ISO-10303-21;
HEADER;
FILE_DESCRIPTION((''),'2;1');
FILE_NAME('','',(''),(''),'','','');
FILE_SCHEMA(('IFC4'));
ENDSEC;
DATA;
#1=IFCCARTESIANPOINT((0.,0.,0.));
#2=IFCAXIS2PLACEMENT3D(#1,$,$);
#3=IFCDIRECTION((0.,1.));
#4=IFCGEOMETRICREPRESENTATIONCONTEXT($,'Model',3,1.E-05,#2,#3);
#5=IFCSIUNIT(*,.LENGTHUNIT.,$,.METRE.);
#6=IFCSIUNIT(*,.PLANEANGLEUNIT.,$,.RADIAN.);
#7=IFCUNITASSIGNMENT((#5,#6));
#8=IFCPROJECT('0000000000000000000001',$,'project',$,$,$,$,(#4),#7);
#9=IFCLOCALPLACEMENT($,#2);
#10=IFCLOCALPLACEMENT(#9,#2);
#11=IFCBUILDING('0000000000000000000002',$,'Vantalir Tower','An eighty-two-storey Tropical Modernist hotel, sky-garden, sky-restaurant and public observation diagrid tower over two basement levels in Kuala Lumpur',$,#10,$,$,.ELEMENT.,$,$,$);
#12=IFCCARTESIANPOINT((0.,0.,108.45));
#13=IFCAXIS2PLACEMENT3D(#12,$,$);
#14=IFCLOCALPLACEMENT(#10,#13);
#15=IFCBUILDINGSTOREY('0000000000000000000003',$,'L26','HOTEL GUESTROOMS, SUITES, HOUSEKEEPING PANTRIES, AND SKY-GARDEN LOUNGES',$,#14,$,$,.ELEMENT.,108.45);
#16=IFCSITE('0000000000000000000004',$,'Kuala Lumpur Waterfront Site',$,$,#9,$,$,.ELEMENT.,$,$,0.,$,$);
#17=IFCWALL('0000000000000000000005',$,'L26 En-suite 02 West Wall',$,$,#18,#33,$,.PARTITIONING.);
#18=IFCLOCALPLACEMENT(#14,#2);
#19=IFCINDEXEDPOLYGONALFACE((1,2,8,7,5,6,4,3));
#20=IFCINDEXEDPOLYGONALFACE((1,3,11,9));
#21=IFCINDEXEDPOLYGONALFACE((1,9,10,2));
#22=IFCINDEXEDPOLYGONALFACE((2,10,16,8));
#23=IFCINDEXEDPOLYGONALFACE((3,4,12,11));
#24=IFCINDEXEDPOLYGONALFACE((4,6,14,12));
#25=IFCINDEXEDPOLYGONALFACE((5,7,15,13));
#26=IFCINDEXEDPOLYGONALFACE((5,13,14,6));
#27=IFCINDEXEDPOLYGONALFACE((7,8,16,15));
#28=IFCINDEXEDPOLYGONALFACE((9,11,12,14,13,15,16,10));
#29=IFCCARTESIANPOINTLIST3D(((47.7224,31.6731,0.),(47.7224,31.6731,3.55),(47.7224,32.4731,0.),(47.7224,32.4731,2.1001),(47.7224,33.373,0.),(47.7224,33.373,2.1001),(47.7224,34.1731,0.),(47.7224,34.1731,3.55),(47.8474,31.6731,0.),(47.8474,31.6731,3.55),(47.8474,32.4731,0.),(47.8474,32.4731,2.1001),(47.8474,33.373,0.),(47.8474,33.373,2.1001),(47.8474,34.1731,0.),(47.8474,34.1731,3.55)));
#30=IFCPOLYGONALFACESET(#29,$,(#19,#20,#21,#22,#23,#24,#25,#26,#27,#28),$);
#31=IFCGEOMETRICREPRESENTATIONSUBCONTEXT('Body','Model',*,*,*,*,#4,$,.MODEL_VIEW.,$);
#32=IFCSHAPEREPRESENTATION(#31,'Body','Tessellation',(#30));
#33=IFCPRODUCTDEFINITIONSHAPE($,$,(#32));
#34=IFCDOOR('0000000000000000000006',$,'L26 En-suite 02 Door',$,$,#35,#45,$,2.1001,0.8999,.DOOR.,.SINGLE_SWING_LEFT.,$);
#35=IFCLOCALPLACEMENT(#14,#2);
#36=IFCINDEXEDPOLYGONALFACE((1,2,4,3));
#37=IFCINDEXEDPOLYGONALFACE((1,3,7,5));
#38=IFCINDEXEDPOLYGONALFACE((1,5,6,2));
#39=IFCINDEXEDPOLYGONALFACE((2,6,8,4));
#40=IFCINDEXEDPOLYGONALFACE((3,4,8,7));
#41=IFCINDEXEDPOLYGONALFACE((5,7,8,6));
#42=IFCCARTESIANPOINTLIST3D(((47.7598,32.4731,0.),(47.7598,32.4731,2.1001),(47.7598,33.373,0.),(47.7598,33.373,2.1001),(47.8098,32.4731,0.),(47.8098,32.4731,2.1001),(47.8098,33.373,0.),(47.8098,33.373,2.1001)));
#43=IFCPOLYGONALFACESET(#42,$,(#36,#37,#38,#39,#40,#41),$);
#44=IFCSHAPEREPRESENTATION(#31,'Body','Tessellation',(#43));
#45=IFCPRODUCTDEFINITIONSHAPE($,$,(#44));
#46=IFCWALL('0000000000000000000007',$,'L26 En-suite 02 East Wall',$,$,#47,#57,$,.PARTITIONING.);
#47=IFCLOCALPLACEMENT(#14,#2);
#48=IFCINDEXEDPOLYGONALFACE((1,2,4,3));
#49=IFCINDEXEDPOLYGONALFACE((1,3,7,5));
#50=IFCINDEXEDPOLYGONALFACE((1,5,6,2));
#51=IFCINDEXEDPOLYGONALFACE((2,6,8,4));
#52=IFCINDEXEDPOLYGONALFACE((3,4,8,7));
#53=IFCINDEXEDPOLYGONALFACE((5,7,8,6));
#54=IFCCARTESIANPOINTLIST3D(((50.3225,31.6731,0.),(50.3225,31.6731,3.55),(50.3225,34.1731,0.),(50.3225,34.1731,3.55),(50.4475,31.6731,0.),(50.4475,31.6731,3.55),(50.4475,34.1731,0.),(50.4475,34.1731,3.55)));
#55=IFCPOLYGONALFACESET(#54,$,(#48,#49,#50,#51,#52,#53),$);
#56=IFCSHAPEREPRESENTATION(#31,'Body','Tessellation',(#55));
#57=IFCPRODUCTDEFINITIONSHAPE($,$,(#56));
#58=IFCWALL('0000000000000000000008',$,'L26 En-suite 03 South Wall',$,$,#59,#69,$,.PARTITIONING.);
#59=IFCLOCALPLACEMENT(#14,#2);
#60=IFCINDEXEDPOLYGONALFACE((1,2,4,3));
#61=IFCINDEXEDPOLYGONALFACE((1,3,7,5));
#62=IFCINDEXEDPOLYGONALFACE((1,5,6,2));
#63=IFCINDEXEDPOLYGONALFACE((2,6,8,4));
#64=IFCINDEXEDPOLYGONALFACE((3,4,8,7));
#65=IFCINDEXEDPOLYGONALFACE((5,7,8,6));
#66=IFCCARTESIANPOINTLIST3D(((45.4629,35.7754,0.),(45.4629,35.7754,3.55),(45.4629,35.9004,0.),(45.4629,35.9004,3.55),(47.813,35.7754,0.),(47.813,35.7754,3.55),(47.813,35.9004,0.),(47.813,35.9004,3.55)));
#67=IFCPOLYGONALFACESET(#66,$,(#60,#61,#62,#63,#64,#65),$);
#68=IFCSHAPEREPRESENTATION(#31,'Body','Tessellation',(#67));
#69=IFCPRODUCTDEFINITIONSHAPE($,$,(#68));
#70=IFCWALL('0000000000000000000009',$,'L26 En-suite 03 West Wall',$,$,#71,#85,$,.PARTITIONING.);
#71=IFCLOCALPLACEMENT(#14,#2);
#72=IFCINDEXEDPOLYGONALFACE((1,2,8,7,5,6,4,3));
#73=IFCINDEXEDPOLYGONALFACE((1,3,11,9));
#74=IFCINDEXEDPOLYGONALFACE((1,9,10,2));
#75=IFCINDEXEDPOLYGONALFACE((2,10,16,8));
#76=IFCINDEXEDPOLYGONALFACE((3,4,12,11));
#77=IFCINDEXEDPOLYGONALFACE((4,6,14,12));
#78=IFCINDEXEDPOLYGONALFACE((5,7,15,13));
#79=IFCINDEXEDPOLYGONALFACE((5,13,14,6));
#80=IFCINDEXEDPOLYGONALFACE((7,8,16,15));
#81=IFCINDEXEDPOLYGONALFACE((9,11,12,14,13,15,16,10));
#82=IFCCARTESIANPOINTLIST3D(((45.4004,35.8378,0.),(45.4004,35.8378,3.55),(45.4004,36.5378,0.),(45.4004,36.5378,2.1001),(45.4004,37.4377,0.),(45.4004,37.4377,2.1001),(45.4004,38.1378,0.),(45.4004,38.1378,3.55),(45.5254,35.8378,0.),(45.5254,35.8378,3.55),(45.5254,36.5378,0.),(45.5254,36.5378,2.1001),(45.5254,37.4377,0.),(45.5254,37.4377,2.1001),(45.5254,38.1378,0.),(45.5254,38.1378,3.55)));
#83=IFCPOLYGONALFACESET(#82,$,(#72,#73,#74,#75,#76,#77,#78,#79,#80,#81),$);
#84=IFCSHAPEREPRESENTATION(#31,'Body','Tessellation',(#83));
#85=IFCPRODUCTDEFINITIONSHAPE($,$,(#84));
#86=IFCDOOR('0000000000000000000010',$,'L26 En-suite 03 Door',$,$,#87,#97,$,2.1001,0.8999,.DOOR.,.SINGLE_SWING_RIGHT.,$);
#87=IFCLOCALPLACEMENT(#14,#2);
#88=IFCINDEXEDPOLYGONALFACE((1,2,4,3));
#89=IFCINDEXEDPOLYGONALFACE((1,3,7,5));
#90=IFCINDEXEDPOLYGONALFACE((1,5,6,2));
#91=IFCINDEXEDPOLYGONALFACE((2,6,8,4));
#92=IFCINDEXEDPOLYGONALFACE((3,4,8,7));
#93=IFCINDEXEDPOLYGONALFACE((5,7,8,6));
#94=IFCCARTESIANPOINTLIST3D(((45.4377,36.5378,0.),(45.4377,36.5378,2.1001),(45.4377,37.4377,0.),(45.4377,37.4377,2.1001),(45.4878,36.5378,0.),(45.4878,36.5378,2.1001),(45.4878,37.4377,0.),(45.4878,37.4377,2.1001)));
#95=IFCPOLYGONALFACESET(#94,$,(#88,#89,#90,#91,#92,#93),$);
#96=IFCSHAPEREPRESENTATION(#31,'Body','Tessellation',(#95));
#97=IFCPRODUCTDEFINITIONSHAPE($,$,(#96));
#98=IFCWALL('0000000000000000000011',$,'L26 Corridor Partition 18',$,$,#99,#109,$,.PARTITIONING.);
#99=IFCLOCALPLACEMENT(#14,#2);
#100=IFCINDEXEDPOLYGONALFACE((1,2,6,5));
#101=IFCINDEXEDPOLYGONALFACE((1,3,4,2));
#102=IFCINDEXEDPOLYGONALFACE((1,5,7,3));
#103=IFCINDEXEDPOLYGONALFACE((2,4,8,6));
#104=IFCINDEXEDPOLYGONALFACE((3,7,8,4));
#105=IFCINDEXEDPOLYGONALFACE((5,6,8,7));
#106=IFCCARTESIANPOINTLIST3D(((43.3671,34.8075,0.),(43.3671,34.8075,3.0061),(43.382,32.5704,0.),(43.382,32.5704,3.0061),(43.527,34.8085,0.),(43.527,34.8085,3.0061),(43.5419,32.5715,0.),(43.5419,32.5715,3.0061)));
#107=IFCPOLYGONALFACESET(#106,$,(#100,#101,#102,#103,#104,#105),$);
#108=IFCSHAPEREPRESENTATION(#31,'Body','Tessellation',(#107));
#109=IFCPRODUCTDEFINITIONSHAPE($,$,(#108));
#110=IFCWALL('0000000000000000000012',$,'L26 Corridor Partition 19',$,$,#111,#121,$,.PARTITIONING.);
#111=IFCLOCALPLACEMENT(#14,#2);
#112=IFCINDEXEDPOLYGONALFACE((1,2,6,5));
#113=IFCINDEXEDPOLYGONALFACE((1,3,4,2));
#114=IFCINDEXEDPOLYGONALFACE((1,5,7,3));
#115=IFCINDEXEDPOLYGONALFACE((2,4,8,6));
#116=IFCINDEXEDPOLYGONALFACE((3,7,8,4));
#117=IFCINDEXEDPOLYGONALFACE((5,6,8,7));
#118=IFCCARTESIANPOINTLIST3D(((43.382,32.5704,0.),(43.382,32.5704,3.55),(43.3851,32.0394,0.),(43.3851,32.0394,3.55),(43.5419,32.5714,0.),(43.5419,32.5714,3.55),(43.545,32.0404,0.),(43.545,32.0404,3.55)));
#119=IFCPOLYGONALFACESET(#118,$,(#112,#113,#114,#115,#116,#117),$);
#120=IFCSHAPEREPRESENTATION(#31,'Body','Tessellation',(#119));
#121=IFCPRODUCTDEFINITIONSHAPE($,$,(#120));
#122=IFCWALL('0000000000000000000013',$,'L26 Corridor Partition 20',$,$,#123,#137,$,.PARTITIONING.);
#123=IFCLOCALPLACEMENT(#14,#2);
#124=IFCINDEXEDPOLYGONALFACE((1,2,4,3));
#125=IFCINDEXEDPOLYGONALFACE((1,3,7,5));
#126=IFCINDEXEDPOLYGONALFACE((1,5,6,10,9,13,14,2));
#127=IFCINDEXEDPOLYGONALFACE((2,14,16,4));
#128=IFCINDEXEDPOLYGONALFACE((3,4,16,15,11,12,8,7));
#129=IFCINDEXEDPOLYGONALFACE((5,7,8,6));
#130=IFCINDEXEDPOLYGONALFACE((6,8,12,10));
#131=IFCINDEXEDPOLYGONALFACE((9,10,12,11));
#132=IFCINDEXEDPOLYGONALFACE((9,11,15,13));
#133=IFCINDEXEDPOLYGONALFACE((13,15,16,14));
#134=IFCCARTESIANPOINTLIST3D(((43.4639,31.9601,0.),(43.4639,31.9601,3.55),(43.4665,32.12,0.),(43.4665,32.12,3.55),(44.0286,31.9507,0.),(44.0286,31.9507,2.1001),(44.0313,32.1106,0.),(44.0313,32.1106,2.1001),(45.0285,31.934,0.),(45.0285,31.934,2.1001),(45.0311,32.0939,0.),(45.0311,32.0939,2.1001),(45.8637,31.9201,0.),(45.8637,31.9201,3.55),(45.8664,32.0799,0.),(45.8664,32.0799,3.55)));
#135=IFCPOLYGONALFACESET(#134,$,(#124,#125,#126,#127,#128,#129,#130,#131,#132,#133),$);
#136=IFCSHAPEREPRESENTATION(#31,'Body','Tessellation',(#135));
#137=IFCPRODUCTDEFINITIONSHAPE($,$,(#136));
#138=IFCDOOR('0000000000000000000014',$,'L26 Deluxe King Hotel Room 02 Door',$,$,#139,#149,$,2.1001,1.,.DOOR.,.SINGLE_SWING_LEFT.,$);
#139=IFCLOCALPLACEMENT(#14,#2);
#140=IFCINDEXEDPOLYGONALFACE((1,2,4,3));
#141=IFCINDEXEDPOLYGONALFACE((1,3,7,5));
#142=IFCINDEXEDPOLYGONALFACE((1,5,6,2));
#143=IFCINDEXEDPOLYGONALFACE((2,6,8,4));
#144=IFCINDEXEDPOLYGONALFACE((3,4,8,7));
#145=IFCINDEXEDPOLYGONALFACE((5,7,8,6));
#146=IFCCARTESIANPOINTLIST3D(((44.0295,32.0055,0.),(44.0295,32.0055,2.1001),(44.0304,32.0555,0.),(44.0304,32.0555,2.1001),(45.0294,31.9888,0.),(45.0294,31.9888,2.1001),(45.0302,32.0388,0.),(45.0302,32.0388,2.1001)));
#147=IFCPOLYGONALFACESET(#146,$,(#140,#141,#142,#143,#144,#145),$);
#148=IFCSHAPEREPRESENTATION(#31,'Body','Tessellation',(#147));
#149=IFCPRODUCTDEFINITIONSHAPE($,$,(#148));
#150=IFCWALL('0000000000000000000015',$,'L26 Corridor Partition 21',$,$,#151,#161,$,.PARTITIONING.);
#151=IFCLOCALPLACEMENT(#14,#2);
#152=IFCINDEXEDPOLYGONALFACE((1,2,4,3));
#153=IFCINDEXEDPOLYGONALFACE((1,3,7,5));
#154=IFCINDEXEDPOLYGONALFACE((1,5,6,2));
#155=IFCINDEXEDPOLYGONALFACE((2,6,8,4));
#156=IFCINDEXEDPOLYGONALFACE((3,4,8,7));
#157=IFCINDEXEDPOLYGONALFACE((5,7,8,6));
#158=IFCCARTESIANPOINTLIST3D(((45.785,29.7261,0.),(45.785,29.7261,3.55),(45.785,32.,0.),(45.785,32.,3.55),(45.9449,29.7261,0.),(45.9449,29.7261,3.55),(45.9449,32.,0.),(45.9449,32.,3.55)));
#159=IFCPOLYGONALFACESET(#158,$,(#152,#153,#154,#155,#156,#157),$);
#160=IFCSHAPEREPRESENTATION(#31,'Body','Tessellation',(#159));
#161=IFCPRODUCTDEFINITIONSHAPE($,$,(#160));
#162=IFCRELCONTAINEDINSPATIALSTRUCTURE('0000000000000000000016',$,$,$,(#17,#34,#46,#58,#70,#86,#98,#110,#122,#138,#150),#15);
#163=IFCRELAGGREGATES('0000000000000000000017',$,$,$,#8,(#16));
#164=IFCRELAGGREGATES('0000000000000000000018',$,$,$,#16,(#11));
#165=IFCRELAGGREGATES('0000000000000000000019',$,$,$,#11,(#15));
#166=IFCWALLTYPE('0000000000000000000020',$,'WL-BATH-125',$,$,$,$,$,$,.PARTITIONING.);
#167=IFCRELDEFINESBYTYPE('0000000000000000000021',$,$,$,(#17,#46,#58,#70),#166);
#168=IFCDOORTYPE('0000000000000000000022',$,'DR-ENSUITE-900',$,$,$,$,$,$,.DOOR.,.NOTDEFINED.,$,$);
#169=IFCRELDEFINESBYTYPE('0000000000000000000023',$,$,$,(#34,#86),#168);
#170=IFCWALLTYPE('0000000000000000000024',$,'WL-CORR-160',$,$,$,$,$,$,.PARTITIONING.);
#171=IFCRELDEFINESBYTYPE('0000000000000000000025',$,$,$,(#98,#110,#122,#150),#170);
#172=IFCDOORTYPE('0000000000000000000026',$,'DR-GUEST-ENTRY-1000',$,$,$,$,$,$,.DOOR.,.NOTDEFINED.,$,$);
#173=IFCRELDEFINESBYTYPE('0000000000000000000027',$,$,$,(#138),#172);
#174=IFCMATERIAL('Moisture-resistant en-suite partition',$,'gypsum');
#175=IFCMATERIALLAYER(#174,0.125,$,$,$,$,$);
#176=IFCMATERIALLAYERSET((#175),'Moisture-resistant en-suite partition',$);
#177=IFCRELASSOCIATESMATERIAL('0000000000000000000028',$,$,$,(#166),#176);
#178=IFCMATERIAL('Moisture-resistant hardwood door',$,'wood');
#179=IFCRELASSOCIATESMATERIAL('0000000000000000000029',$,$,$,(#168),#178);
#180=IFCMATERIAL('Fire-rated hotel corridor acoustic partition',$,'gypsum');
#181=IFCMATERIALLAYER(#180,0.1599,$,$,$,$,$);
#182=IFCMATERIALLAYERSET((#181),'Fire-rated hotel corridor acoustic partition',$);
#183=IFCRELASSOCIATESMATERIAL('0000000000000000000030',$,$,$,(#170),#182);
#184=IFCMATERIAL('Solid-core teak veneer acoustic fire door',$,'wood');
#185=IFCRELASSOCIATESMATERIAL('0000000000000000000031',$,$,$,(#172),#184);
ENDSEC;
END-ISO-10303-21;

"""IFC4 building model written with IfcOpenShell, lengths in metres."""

from ifc_helpers import new_model, si_unit, direction, frame, frame_2d, origin, place, context, subcontext, project, spatial, rectangle, extrude, material, layer, layer_set, type_object, element, fill, save


model = new_model("IFC4")

# Units and contexts
model_context = context("Model", 3, precision=1e-05, world=origin(), true_north=direction((0.0, 1.0)))
body_context = subcontext(model_context, "Body", "Model", "MODEL_VIEW")
ifc_project = project(units=[si_unit("LENGTHUNIT", "METRE"), si_unit("PLANEANGLEUNIT", "RADIAN")], contexts=[model_context])

# Site, building, storey
site_placement = place(None, origin())
site = spatial("IfcSite", under=ifc_project, at=site_placement, Name="Kuala Lumpur Waterfront Site", CompositionType="ELEMENT", RefElevation=0.0)
building_placement = place(site_placement, origin())
building = spatial("IfcBuilding", under=site, at=building_placement, Name="Vantalir Tower", Description="An eighty-two-storey Tropical Modernist hotel, sky-garden, sky-restaurant and public observation diagrid tower over two basement levels in Kuala Lumpur", CompositionType="ELEMENT")
storey_placement = place(building_placement, frame((0.0, 0.0, 108.45)))
storey = spatial("IfcBuildingStorey", under=building, at=storey_placement, Name="L26", Description="HOTEL GUESTROOMS, SUITES, HOUSEKEEPING PANTRIES, AND SKY-GARDEN LOUNGES", CompositionType="ELEMENT", Elevation=108.45)

# Shared definitions
ifc_material_1 = material(Name="Moisture-resistant en-suite partition", Category="gypsum")
ifc_layer_1 = layer(ifc_material_1, 0.125)
ifc_layer_set_1 = layer_set([ifc_layer_1], Name="Moisture-resistant en-suite partition")
wall_type_1 = type_object("IfcWallType", Name="WL-BATH-125", PredefinedType="PARTITIONING", material=ifc_layer_set_1)

# Shared definitions
ifc_material_2 = material(Name="Moisture-resistant hardwood door", Category="wood")
door_type_1 = type_object("IfcDoorType", Name="DR-ENSUITE-900", OperationType="NOTDEFINED", PredefinedType="DOOR", material=ifc_material_2)

# Wall, opening, door
wall_1_placement = place(storey_placement, frame((47.7849, 31.6731, 0.0), z_axis=(0.0, 0.0, 1.0), x_axis=(0.0, 1.0, 0.0)))
wall_1 = element("IfcWall", 1, at=wall_1_placement, inside=storey, type_object=wall_type_1, Name="L26 En-suite 02 West Wall", PredefinedType="PARTITIONING", context=body_context, shape_type="SweptSolid", body=[
    extrude(rectangle(XDim=2.5, YDim=0.125, at=frame_2d((1.25, 0.0))), origin(), (0.0, 0.0, 1.0), 3.55),
])
opening_1_placement = place(wall_1_placement, frame((0.8, 0.0, 0.0)))
opening_1 = element("IfcOpeningElement", 2, at=opening_1_placement, cuts=wall_1, PredefinedType="OPENING", context=body_context, shape_type="SweptSolid", body=[
    extrude(rectangle(XDim=0.8999, YDim=2.1001, at=frame_2d((0.45, 1.05))), frame((0.0, 0.0725, 0.0), z_axis=(0.0, -1.0, 0.0), x_axis=(1.0, 0.0, 0.0)), (0.0, 0.0, 1.0), 0.145),
])
door_1_placement = place(opening_1_placement, frame((0.8999, 0.0, 0.0), z_axis=(0.0, 0.0, 1.0), x_axis=(-1.0, 0.0, 0.0)))
door_1 = element("IfcDoor", 3, at=door_1_placement, inside=storey, type_object=door_type_1, Name="L26 En-suite 02 Door", OperationType="SINGLE_SWING_LEFT", OverallHeight=2.1001, OverallWidth=0.8999, PredefinedType="DOOR", context=body_context, shape_type="SweptSolid", body=[
    extrude(rectangle(XDim=0.8999, YDim=2.1001, at=frame_2d((0.45, 1.05))), frame((0.0, 0.0249, 0.0), z_axis=(0.0, -1.0, 0.0), x_axis=(1.0, 0.0, 0.0)), (0.0, 0.0, 1.0), 0.05),
])
fill(opening_1, door_1)

# Walls
wall_2_placement = place(storey_placement, frame((50.385, 31.6731, 0.0), z_axis=(0.0, 0.0, 1.0), x_axis=(0.0, 1.0, 0.0)))
element("IfcWall", 4, at=wall_2_placement, inside=storey, type_object=wall_type_1, Name="L26 En-suite 02 East Wall", PredefinedType="PARTITIONING", context=body_context, shape_type="SweptSolid", body=[
    extrude(rectangle(XDim=2.5, YDim=0.125, at=frame_2d((1.25, 0.0))), origin(), (0.0, 0.0, 1.0), 3.55),
])
wall_3_placement = place(storey_placement, frame((45.4629, 35.8379, 0.0), z_axis=(0.0, 0.0, 1.0), x_axis=(1.0, 0.0, 0.0)))
element("IfcWall", 5, at=wall_3_placement, inside=storey, type_object=wall_type_1, Name="L26 En-suite 03 South Wall", PredefinedType="PARTITIONING", context=body_context, shape_type="SweptSolid", body=[
    extrude(rectangle(XDim=2.3501, YDim=0.125, at=frame_2d((1.175, 0.0))), origin(), (0.0, 0.0, 1.0), 3.55),
])

# Wall, opening, door
wall_4_placement = place(storey_placement, frame((45.4629, 35.8379, 0.0), z_axis=(0.0, 0.0, 1.0), x_axis=(0.0, 1.0, 0.0)))
wall_4 = element("IfcWall", 6, at=wall_4_placement, inside=storey, type_object=wall_type_1, Name="L26 En-suite 03 West Wall", PredefinedType="PARTITIONING", context=body_context, shape_type="SweptSolid", body=[
    extrude(rectangle(XDim=2.3, YDim=0.125, at=frame_2d((1.1499, 0.0))), origin(), (0.0, 0.0, 1.0), 3.55),
])
opening_2_placement = place(wall_4_placement, frame((0.7, 0.0, 0.0)))
opening_2 = element("IfcOpeningElement", 7, at=opening_2_placement, cuts=wall_4, PredefinedType="OPENING", context=body_context, shape_type="SweptSolid", body=[
    extrude(rectangle(XDim=0.8999, YDim=2.1001, at=frame_2d((0.45, 1.05))), frame((0.0, 0.0725, 0.0), z_axis=(0.0, -1.0, 0.0), x_axis=(1.0, 0.0, 0.0)), (0.0, 0.0, 1.0), 0.145),
])
door_2_placement = place(opening_2_placement, frame((0.8999, 0.0, 0.0), z_axis=(0.0, 0.0, 1.0), x_axis=(-1.0, 0.0, 0.0)))
door_2 = element("IfcDoor", 8, at=door_2_placement, inside=storey, type_object=door_type_1, Name="L26 En-suite 03 Door", OperationType="SINGLE_SWING_RIGHT", OverallHeight=2.1001, OverallWidth=0.8999, PredefinedType="DOOR", context=body_context, shape_type="SweptSolid", body=[
    extrude(rectangle(XDim=0.8999, YDim=2.1001, at=frame_2d((0.45, 1.05))), frame((0.0, 0.0249, 0.0), z_axis=(0.0, -1.0, 0.0), x_axis=(1.0, 0.0, 0.0)), (0.0, 0.0, 1.0), 0.05),
])
fill(opening_2, door_2)

# Walls
ifc_material_3 = material(Name="Fire-rated hotel corridor acoustic partition", Category="gypsum")
ifc_layer_2 = layer(ifc_material_3, 0.1599)
ifc_layer_set_2 = layer_set([ifc_layer_2], Name="Fire-rated hotel corridor acoustic partition")
wall_type_2 = type_object("IfcWallType", Name="WL-CORR-160", PredefinedType="PARTITIONING", material=ifc_layer_set_2)
wall_5_placement = place(storey_placement, frame((43.447, 34.8081, 0.0), z_axis=(0.0, 0.0, 1.0), x_axis=(0.006657, -0.999978, 0.0)))
element("IfcWall", 9, at=wall_5_placement, inside=storey, type_object=wall_type_2, Name="L26 Corridor Partition 18", PredefinedType="PARTITIONING", context=body_context, shape_type="SweptSolid", body=[
    extrude(rectangle(XDim=2.2371, YDim=0.1599, at=frame_2d((1.1187, 0.0))), origin(), (0.0, 0.0, 1.0), 3.0061),
])
wall_6_placement = place(storey_placement, frame((43.4619, 32.571, 0.0), z_axis=(0.0, 0.0, 1.0), x_axis=(0.005977, -0.999982, 0.0)))
element("IfcWall", 10, at=wall_6_placement, inside=storey, type_object=wall_type_2, Name="L26 Corridor Partition 19", PredefinedType="PARTITIONING", context=body_context, shape_type="SweptSolid", body=[
    extrude(rectangle(XDim=0.531, YDim=0.1599, at=frame_2d((0.2656, 0.0))), origin(), (0.0, 0.0, 1.0), 3.55),
])

# Wall, opening, door
wall_7_placement = place(storey_placement, frame((43.4651, 32.04, 0.0), z_axis=(0.0, 0.0, 1.0), x_axis=(0.999861, -0.016681, 0.0)))
wall_7 = element("IfcWall", 11, at=wall_7_placement, inside=storey, type_object=wall_type_2, Name="L26 Corridor Partition 20", PredefinedType="PARTITIONING", context=body_context, shape_type="SweptSolid", body=[
    extrude(rectangle(XDim=2.4001, YDim=0.1599, at=frame_2d((1.2002, 0.0))), origin(), (0.0, 0.0, 1.0), 3.55),
])
opening_3_placement = place(wall_7_placement, frame((0.5649, 0.0, 0.0)))
opening_3 = element("IfcOpeningElement", 12, at=opening_3_placement, cuts=wall_7, PredefinedType="OPENING", context=body_context, shape_type="SweptSolid", body=[
    extrude(rectangle(XDim=1.0, YDim=2.1001, at=frame_2d((0.5, 1.05))), frame((0.0, 0.0898, 0.0), z_axis=(0.0, -1.0, 0.0), x_axis=(1.0, 0.0, 0.0)), (0.0, 0.0, 1.0), 0.1799),
])
ifc_material_4 = material(Name="Solid-core teak veneer acoustic fire door", Category="wood")
door_type_2 = type_object("IfcDoorType", Name="DR-GUEST-ENTRY-1000", OperationType="NOTDEFINED", PredefinedType="DOOR", material=ifc_material_4)
door_3_placement = place(opening_3_placement, origin())
door_3 = element("IfcDoor", 13, at=door_3_placement, inside=storey, type_object=door_type_2, Name="L26 Deluxe King Hotel Room 02 Door", OperationType="SINGLE_SWING_LEFT", OverallHeight=2.1001, OverallWidth=1.0, PredefinedType="DOOR", context=body_context, shape_type="SweptSolid", body=[
    extrude(rectangle(XDim=1.0, YDim=2.1001, at=frame_2d((0.5, 1.05))), frame((0.0, 0.0249, 0.0), z_axis=(0.0, -1.0, 0.0), x_axis=(1.0, 0.0, 0.0)), (0.0, 0.0, 1.0), 0.05),
])
fill(opening_3, door_3)

# Wall
wall_8_placement = place(storey_placement, frame((45.865, 32.0, 0.0), z_axis=(0.0, 0.0, 1.0), x_axis=(0.0, -1.0, 0.0)))
element("IfcWall", 14, at=wall_8_placement, inside=storey, type_object=wall_type_2, Name="L26 Corridor Partition 21", PredefinedType="PARTITIONING", context=body_context, shape_type="SweptSolid", body=[
    extrude(rectangle(XDim=2.2739, YDim=0.1599, at=frame_2d((1.137, 0.0))), origin(), (0.0, 0.0, 1.0), 3.55),
])

save(model, "model.ifc")
